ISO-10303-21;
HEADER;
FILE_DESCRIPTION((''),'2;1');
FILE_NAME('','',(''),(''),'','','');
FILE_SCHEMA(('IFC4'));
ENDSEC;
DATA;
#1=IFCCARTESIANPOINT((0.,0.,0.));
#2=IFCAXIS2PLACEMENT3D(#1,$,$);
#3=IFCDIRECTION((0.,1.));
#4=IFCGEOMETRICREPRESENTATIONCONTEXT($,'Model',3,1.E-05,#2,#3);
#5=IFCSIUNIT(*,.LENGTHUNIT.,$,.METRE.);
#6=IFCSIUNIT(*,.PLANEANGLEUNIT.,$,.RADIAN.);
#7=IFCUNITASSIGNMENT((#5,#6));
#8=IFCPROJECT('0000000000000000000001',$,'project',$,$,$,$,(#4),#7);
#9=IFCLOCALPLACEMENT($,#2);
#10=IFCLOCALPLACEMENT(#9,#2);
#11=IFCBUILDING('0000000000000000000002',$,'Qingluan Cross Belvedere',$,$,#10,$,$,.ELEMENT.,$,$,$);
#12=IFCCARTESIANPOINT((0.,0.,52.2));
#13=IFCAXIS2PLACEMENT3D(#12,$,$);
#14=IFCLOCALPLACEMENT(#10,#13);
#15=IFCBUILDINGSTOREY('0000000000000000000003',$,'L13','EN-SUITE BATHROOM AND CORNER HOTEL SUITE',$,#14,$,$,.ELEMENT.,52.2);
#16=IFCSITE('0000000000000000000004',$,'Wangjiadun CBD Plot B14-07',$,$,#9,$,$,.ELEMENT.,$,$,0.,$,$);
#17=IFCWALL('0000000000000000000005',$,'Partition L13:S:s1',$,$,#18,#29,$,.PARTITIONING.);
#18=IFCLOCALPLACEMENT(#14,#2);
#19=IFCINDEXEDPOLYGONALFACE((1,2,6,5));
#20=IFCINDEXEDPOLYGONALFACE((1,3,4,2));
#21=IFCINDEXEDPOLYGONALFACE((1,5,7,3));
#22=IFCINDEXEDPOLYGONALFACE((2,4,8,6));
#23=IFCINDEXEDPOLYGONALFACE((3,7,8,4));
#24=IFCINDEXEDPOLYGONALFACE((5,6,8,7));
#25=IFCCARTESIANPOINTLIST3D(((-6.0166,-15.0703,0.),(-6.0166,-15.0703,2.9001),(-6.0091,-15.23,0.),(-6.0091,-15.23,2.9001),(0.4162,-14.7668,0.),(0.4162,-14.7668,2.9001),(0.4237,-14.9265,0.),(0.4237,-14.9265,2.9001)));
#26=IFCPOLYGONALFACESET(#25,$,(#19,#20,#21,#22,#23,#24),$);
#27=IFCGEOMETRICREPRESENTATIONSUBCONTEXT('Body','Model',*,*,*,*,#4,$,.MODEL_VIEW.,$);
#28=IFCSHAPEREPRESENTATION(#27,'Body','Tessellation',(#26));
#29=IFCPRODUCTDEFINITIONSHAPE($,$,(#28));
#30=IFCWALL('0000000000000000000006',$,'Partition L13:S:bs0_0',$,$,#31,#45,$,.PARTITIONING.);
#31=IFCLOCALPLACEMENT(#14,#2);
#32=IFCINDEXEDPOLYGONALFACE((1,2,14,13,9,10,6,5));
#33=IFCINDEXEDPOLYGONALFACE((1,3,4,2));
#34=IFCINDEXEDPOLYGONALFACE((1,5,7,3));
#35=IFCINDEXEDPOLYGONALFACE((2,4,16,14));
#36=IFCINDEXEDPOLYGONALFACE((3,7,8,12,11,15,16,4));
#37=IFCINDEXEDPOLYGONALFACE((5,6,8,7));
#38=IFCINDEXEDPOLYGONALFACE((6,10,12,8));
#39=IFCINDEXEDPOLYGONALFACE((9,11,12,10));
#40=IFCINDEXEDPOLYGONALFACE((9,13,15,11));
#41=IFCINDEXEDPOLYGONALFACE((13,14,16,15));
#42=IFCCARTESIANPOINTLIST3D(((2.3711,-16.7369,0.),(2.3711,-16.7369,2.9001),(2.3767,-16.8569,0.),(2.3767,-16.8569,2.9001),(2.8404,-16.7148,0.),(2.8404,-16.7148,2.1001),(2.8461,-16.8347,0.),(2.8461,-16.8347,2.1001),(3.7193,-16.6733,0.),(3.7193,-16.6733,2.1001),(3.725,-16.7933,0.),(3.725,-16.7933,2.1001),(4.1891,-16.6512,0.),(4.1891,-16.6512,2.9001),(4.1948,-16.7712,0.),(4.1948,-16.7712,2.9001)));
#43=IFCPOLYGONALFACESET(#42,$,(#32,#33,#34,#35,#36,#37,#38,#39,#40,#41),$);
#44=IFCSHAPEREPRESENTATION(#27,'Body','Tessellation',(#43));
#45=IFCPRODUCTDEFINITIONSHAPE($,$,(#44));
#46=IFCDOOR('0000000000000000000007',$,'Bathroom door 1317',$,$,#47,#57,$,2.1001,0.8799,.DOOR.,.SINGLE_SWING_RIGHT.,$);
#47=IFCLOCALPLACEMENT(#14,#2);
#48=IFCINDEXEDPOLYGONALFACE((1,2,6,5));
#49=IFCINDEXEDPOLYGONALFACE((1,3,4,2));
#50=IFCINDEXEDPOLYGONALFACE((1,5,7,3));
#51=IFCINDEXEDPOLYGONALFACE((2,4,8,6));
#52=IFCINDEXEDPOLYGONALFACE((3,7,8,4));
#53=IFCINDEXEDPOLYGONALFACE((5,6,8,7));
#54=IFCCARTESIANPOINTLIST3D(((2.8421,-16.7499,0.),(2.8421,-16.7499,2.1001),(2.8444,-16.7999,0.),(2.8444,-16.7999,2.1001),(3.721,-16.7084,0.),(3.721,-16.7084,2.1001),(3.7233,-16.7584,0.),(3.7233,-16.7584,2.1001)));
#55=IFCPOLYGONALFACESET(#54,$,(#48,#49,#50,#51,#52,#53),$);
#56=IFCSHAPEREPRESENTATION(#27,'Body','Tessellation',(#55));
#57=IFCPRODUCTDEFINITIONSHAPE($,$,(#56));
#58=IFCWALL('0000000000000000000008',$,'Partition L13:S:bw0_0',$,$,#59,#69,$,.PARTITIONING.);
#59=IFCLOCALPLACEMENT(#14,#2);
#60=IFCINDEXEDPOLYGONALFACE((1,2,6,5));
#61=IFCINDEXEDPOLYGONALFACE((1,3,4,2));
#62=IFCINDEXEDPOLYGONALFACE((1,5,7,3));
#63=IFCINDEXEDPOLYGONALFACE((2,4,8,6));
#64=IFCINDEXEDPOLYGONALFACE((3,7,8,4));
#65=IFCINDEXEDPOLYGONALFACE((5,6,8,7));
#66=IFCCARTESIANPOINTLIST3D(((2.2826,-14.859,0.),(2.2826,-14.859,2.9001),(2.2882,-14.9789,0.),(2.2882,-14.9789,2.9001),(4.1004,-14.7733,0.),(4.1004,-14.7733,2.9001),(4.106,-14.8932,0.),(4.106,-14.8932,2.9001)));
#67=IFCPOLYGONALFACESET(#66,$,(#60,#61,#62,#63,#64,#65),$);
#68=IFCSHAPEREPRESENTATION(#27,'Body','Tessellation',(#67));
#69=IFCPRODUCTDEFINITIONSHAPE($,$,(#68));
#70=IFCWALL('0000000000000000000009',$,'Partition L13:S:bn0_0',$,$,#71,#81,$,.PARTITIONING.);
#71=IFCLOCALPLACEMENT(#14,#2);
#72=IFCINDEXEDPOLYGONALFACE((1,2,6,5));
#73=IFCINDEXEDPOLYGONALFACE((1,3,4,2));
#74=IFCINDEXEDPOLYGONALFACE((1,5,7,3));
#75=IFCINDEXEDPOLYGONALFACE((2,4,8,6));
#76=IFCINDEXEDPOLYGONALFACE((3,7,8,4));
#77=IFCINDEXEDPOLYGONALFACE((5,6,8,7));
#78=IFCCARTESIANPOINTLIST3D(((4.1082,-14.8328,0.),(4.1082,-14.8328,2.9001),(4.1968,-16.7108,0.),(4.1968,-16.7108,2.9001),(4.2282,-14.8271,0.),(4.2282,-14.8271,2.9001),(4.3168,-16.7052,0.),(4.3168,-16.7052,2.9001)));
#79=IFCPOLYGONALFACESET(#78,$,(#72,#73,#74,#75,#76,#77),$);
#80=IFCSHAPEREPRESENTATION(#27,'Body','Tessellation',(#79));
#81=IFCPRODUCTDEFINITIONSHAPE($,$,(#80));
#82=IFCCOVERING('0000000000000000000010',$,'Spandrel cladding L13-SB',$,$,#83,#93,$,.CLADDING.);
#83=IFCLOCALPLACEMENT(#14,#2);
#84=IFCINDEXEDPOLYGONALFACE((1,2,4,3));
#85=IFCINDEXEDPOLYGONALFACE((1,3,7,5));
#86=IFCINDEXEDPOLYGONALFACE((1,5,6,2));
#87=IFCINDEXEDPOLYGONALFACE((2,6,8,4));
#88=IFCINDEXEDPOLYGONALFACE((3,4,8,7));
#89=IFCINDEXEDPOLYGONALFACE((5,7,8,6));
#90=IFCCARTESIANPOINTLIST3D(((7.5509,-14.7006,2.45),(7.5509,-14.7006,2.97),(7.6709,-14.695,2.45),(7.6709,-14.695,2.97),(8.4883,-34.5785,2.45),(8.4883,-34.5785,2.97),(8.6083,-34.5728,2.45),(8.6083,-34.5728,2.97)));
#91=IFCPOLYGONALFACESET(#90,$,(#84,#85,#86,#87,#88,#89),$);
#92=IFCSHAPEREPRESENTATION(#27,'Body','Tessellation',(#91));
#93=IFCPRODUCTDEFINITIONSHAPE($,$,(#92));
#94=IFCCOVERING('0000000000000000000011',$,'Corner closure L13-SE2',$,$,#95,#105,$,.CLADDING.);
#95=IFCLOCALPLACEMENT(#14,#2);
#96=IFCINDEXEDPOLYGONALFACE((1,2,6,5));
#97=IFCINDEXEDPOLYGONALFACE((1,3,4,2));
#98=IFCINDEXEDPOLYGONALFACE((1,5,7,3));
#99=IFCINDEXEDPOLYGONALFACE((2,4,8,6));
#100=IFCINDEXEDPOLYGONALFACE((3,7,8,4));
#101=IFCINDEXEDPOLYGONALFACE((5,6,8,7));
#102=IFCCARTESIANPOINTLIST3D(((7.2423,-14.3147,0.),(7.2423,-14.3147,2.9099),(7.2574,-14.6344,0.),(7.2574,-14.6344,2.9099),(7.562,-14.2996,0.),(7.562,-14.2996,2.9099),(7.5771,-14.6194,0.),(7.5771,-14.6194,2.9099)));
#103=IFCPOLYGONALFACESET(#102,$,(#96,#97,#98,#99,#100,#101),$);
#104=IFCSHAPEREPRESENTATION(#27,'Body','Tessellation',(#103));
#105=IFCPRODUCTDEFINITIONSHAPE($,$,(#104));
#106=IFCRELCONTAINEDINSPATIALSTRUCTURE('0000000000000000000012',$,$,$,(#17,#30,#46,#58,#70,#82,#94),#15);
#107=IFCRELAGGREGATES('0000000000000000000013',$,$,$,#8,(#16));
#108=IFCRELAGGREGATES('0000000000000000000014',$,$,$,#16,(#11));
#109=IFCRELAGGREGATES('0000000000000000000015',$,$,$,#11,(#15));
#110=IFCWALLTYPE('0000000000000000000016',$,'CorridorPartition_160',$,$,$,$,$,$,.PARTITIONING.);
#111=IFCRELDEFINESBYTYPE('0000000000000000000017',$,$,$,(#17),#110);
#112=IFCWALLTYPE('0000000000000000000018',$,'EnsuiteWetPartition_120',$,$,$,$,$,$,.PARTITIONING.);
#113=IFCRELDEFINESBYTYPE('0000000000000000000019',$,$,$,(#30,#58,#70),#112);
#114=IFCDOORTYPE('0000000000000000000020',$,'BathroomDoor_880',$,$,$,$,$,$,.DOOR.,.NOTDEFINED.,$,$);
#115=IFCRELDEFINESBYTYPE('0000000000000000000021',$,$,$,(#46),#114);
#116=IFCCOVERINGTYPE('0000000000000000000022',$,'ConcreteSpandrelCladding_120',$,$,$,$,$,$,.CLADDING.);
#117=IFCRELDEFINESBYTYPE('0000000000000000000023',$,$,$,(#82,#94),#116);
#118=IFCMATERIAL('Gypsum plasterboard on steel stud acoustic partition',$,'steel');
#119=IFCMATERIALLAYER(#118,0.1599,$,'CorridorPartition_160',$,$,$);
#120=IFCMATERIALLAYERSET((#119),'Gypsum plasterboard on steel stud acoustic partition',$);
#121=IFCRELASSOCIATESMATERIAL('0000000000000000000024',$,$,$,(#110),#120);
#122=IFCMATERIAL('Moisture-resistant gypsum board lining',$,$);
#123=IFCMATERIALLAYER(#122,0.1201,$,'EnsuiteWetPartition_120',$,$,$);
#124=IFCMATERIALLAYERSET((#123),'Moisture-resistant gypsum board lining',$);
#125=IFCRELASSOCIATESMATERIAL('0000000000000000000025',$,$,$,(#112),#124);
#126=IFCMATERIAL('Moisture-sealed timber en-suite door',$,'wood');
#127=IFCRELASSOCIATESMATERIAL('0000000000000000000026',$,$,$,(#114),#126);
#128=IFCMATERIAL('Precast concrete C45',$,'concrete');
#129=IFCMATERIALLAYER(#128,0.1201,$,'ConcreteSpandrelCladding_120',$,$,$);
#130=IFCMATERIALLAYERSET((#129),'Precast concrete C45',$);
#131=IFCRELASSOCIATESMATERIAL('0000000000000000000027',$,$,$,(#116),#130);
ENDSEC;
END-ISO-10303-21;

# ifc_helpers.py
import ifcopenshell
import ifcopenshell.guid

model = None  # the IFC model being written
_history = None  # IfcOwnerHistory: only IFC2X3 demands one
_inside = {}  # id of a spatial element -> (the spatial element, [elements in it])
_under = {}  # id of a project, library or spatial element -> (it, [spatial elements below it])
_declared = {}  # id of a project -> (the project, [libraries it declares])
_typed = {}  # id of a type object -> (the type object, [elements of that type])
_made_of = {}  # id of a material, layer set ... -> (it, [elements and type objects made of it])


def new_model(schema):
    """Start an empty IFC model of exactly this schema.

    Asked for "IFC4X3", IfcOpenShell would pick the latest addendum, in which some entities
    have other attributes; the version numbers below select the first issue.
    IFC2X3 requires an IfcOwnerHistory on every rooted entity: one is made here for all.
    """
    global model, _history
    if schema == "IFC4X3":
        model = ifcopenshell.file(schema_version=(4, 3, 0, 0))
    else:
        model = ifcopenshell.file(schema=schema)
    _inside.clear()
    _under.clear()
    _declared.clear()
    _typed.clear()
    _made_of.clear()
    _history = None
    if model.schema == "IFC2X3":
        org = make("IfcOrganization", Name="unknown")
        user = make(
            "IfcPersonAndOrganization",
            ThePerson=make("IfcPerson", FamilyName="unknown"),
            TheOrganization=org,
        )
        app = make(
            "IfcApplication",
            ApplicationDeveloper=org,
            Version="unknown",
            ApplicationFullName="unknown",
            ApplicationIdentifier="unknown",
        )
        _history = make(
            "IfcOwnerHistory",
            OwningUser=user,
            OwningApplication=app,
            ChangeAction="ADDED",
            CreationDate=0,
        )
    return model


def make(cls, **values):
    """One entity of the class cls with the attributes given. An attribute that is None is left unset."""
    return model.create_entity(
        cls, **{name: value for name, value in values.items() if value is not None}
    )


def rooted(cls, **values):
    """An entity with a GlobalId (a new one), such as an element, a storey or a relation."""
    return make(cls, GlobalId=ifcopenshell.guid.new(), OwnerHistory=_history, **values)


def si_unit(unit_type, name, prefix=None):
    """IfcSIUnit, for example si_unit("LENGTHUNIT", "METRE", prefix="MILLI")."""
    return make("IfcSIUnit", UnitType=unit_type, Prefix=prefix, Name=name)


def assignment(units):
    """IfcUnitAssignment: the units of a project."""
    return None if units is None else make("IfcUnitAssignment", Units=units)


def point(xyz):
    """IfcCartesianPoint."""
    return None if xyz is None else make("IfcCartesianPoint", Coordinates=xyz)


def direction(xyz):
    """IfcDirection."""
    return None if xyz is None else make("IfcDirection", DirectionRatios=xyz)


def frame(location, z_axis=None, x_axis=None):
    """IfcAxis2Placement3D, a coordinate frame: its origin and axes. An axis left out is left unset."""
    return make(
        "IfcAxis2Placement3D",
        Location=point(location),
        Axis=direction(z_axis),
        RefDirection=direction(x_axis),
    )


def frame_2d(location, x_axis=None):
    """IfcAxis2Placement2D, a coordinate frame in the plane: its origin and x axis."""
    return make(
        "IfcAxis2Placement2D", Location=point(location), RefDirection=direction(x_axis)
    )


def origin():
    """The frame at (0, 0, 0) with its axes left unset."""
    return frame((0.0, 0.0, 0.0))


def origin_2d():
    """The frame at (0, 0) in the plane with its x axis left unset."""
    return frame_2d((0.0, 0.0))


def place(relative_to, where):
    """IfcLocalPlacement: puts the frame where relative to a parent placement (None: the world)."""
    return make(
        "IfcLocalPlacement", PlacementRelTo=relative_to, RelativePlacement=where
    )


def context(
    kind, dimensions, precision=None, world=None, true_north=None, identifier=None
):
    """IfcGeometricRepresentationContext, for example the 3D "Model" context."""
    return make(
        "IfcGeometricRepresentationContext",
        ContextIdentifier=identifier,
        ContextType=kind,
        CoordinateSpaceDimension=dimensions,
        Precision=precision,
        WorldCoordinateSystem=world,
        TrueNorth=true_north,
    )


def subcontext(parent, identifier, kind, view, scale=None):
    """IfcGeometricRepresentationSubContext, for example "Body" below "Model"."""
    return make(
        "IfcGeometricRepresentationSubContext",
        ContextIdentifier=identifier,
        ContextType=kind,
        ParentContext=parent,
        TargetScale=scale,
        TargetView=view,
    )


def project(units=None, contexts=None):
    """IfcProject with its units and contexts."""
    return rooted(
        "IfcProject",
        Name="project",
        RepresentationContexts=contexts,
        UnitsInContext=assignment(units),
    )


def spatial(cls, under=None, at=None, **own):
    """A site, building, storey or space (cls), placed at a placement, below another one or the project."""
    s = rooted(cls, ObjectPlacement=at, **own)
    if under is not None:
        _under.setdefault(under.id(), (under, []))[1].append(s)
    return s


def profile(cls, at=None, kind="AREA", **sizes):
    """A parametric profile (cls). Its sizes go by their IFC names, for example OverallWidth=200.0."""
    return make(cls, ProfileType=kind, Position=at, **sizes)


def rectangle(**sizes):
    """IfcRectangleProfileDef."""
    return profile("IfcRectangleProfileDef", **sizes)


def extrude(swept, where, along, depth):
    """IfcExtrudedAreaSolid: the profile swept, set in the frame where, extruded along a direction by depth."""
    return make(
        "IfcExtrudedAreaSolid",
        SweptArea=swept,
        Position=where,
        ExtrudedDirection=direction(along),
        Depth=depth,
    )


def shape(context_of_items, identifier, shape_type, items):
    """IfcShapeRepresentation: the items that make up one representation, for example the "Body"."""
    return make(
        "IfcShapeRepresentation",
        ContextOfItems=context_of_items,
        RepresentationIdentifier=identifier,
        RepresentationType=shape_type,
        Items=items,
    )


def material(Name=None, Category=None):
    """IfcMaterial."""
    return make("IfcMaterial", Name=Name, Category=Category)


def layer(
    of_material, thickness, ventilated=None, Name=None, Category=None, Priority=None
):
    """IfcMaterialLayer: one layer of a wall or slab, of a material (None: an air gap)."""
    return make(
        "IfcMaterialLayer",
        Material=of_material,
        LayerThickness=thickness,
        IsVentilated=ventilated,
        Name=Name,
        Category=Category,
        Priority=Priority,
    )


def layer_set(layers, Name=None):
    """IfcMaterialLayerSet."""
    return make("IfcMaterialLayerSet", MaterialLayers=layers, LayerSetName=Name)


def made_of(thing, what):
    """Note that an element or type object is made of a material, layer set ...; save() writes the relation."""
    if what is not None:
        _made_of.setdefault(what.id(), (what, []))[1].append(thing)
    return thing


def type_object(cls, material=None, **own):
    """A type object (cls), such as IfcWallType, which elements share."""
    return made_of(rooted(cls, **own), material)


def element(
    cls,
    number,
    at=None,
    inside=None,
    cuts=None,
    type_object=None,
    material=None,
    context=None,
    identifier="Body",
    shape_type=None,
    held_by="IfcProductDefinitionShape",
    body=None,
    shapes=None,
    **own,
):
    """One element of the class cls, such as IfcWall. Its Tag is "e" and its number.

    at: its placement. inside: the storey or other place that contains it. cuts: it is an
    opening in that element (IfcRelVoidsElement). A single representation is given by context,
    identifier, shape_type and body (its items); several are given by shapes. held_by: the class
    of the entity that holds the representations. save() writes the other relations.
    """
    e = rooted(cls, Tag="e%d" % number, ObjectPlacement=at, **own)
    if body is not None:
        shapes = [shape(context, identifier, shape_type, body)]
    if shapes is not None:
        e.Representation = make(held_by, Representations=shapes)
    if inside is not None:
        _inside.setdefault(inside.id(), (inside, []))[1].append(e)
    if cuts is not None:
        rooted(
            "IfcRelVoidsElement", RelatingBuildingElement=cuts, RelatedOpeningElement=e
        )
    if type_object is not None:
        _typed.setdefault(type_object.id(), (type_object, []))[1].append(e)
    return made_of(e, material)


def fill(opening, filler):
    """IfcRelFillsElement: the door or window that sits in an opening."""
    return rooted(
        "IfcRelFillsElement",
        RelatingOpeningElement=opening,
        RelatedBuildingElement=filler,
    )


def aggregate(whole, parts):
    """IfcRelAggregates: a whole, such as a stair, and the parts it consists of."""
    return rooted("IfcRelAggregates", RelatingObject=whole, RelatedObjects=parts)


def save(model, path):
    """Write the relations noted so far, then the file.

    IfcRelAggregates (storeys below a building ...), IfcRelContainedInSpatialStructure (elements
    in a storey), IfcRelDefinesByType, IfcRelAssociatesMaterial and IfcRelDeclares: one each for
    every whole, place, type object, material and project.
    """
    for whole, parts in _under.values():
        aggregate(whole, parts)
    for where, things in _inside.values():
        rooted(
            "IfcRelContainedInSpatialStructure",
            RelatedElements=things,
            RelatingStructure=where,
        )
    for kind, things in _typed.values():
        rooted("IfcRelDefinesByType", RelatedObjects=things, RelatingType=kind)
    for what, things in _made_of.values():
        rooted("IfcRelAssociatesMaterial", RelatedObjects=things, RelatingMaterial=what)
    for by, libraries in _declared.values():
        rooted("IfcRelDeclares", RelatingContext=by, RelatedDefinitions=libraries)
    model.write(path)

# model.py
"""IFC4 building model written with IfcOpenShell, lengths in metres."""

from ifc_helpers import new_model, si_unit, direction, frame, frame_2d, origin, origin_2d, place, context, subcontext, project, spatial, rectangle, extrude, material, layer, layer_set, type_object, element, fill, save


model = new_model("IFC4")

# Units and contexts
model_context = context("Model", 3, precision=1e-05, world=origin(), true_north=direction((0.0, 1.0)))
body_context = subcontext(model_context, "Body", "Model", "MODEL_VIEW")
ifc_project = project(units=[si_unit("LENGTHUNIT", "METRE"), si_unit("PLANEANGLEUNIT", "RADIAN")], contexts=[model_context])

# Site, building, storey
site_placement = place(None, origin())
site = spatial("IfcSite", under=ifc_project, at=site_placement, Name="Wangjiadun CBD Plot B14-07", CompositionType="ELEMENT", RefElevation=0.0)
building_placement = place(site_placement, origin())
building = spatial("IfcBuilding", under=site, at=building_placement, Name="Qingluan Cross Belvedere", CompositionType="ELEMENT")
storey_placement = place(building_placement, frame((0.0, 0.0, 52.2)))
storey = spatial("IfcBuildingStorey", under=building, at=storey_placement, Name="L13", Description="EN-SUITE BATHROOM AND CORNER HOTEL SUITE", CompositionType="ELEMENT", Elevation=52.2)

# Shared definitions
ifc_material_1 = material(Name="Gypsum plasterboard on steel stud acoustic partition", Category="steel")
ifc_layer_1 = layer(ifc_material_1, 0.1599, Name="CorridorPartition_160")
ifc_layer_set_1 = layer_set([ifc_layer_1], Name="Gypsum plasterboard on steel stud acoustic partition")
wall_type_1 = type_object("IfcWallType", Name="CorridorPartition_160", PredefinedType="PARTITIONING", material=ifc_layer_set_1)

# Wall
wall_1_placement = place(storey_placement, frame((0.4199, -14.8467, 0.0), z_axis=(0.0, 0.0, 1.0), x_axis=(-0.998889, -0.047122, 0.0)))
element("IfcWall", 1, at=wall_1_placement, inside=storey, type_object=wall_type_1, Name="Partition L13:S:s1", PredefinedType="PARTITIONING", context=body_context, shape_type="SweptSolid", body=[
    extrude(rectangle(XDim=6.4399, YDim=0.1599, at=frame_2d((3.22, 0.0))), origin(), (0.0, 0.0, 1.0), 2.9001),
])

# Wall, opening, door
ifc_material_2 = material(Name="Moisture-resistant gypsum board lining")
ifc_layer_2 = layer(ifc_material_2, 0.1201, Name="EnsuiteWetPartition_120")
ifc_layer_set_2 = layer_set([ifc_layer_2], Name="Moisture-resistant gypsum board lining")
wall_type_2 = type_object("IfcWallType", Name="EnsuiteWetPartition_120", PredefinedType="PARTITIONING", material=ifc_layer_set_2)
wall_2_placement = place(storey_placement, frame((2.3738, -16.7969, 0.0), z_axis=(0.0, 0.0, 1.0), x_axis=(0.998891, 0.047081, 0.0)))
wall_2 = element("IfcWall", 2, at=wall_2_placement, inside=storey, type_object=wall_type_2, Name="Partition L13:S:bs0_0", PredefinedType="PARTITIONING", context=body_context, shape_type="SweptSolid", body=[
    extrude(rectangle(XDim=1.8201, YDim=0.1201, at=frame_2d((0.9102, 0.0))), origin(), (0.0, 0.0, 1.0), 2.9001),
])
opening_1_placement = place(wall_2_placement, frame((0.47, 0.0, 0.0)))
opening_1 = element("IfcOpeningElement", 3, at=opening_1_placement, cuts=wall_2, PredefinedType="OPENING", context=body_context, shape_type="SweptSolid", body=[
    extrude(rectangle(XDim=0.8799, YDim=2.1001, at=frame_2d((0.4399, 1.05))), frame((0.0, 0.0701, 0.0), z_axis=(0.0, -1.0, 0.0), x_axis=(1.0, 0.0, 0.0)), (0.0, 0.0, 1.0), 0.1401),
])
ifc_material_3 = material(Name="Moisture-sealed timber en-suite door", Category="wood")
door_type_1 = type_object("IfcDoorType", Name="BathroomDoor_880", OperationType="NOTDEFINED", PredefinedType="DOOR", material=ifc_material_3)
door_1_placement = place(opening_1_placement, origin())
door_1 = element("IfcDoor", 4, at=door_1_placement, inside=storey, type_object=door_type_1, Name="Bathroom door 1317", OperationType="SINGLE_SWING_RIGHT", OverallHeight=2.1001, OverallWidth=0.8799, PredefinedType="DOOR", context=body_context, shape_type="SweptSolid", body=[
    extrude(rectangle(XDim=0.8799, YDim=2.1001, at=frame_2d((0.4399, 1.05))), frame((0.0, 0.0249, 0.0), z_axis=(0.0, -1.0, 0.0), x_axis=(1.0, 0.0, 0.0)), (0.0, 0.0, 1.0), 0.05),
])
fill(opening_1, door_1)

# Walls
wall_3_placement = place(storey_placement, frame((2.2854, -14.9189, 0.0), z_axis=(0.0, 0.0, 1.0), x_axis=(0.998891, 0.047087, 0.0)))
element("IfcWall", 5, at=wall_3_placement, inside=storey, type_object=wall_type_2, Name="Partition L13:S:bw0_0", PredefinedType="PARTITIONING", context=body_context, shape_type="SweptSolid", body=[
    extrude(rectangle(XDim=1.8198, YDim=0.1201, at=frame_2d((0.9099, 0.0))), origin(), (0.0, 0.0, 1.0), 2.9001),
])
wall_4_placement = place(storey_placement, frame((4.1682, -14.8301, 0.0), z_axis=(0.0, 0.0, 1.0), x_axis=(0.047139, -0.998888, 0.0)))
element("IfcWall", 6, at=wall_4_placement, inside=storey, type_object=wall_type_2, Name="Partition L13:S:bn0_0", PredefinedType="PARTITIONING", context=body_context, shape_type="SweptSolid", body=[
    extrude(rectangle(XDim=1.8801, YDim=0.1201, at=frame_2d((0.9399, 0.0))), origin(), (0.0, 0.0, 1.0), 2.9001),
])

# Coverings
ifc_material_4 = material(Name="Precast concrete C45", Category="concrete")
ifc_layer_3 = layer(ifc_material_4, 0.1201, Name="ConcreteSpandrelCladding_120")
ifc_layer_set_3 = layer_set([ifc_layer_3], Name="Precast concrete C45")
covering_type = type_object("IfcCoveringType", Name="ConcreteSpandrelCladding_120", PredefinedType="CLADDING", material=ifc_layer_set_3)
covering_1_placement = place(storey_placement, frame((8.0796, -24.6367, 2.45), z_axis=(0.0, 0.0, 1.0), x_axis=(-0.047105, 0.99889, 0.0)))
element("IfcCovering", 7, at=covering_1_placement, inside=storey, type_object=covering_type, Name="Spandrel cladding L13-SB", PredefinedType="CLADDING", context=body_context, shape_type="SweptSolid", body=[
    extrude(rectangle(XDim=19.8999, YDim=0.1201, at=origin_2d()), origin(), (0.0, 0.0, 1.0), 0.52),
])
covering_2_placement = place(storey_placement, frame((7.4097, -14.467, 0.0), z_axis=(0.0, 0.0, 1.0), x_axis=(0.99889, 0.047106, 0.0)))
element("IfcCovering", 8, at=covering_2_placement, inside=storey, type_object=covering_type, Name="Corner closure L13-SE2", PredefinedType="CLADDING", context=body_context, shape_type="SweptSolid", body=[
    extrude(rectangle(XDim=0.3201, YDim=0.3201, at=origin_2d()), origin(), (0.0, 0.0, 1.0), 2.9099),
])

save(model, "model.ifc")
